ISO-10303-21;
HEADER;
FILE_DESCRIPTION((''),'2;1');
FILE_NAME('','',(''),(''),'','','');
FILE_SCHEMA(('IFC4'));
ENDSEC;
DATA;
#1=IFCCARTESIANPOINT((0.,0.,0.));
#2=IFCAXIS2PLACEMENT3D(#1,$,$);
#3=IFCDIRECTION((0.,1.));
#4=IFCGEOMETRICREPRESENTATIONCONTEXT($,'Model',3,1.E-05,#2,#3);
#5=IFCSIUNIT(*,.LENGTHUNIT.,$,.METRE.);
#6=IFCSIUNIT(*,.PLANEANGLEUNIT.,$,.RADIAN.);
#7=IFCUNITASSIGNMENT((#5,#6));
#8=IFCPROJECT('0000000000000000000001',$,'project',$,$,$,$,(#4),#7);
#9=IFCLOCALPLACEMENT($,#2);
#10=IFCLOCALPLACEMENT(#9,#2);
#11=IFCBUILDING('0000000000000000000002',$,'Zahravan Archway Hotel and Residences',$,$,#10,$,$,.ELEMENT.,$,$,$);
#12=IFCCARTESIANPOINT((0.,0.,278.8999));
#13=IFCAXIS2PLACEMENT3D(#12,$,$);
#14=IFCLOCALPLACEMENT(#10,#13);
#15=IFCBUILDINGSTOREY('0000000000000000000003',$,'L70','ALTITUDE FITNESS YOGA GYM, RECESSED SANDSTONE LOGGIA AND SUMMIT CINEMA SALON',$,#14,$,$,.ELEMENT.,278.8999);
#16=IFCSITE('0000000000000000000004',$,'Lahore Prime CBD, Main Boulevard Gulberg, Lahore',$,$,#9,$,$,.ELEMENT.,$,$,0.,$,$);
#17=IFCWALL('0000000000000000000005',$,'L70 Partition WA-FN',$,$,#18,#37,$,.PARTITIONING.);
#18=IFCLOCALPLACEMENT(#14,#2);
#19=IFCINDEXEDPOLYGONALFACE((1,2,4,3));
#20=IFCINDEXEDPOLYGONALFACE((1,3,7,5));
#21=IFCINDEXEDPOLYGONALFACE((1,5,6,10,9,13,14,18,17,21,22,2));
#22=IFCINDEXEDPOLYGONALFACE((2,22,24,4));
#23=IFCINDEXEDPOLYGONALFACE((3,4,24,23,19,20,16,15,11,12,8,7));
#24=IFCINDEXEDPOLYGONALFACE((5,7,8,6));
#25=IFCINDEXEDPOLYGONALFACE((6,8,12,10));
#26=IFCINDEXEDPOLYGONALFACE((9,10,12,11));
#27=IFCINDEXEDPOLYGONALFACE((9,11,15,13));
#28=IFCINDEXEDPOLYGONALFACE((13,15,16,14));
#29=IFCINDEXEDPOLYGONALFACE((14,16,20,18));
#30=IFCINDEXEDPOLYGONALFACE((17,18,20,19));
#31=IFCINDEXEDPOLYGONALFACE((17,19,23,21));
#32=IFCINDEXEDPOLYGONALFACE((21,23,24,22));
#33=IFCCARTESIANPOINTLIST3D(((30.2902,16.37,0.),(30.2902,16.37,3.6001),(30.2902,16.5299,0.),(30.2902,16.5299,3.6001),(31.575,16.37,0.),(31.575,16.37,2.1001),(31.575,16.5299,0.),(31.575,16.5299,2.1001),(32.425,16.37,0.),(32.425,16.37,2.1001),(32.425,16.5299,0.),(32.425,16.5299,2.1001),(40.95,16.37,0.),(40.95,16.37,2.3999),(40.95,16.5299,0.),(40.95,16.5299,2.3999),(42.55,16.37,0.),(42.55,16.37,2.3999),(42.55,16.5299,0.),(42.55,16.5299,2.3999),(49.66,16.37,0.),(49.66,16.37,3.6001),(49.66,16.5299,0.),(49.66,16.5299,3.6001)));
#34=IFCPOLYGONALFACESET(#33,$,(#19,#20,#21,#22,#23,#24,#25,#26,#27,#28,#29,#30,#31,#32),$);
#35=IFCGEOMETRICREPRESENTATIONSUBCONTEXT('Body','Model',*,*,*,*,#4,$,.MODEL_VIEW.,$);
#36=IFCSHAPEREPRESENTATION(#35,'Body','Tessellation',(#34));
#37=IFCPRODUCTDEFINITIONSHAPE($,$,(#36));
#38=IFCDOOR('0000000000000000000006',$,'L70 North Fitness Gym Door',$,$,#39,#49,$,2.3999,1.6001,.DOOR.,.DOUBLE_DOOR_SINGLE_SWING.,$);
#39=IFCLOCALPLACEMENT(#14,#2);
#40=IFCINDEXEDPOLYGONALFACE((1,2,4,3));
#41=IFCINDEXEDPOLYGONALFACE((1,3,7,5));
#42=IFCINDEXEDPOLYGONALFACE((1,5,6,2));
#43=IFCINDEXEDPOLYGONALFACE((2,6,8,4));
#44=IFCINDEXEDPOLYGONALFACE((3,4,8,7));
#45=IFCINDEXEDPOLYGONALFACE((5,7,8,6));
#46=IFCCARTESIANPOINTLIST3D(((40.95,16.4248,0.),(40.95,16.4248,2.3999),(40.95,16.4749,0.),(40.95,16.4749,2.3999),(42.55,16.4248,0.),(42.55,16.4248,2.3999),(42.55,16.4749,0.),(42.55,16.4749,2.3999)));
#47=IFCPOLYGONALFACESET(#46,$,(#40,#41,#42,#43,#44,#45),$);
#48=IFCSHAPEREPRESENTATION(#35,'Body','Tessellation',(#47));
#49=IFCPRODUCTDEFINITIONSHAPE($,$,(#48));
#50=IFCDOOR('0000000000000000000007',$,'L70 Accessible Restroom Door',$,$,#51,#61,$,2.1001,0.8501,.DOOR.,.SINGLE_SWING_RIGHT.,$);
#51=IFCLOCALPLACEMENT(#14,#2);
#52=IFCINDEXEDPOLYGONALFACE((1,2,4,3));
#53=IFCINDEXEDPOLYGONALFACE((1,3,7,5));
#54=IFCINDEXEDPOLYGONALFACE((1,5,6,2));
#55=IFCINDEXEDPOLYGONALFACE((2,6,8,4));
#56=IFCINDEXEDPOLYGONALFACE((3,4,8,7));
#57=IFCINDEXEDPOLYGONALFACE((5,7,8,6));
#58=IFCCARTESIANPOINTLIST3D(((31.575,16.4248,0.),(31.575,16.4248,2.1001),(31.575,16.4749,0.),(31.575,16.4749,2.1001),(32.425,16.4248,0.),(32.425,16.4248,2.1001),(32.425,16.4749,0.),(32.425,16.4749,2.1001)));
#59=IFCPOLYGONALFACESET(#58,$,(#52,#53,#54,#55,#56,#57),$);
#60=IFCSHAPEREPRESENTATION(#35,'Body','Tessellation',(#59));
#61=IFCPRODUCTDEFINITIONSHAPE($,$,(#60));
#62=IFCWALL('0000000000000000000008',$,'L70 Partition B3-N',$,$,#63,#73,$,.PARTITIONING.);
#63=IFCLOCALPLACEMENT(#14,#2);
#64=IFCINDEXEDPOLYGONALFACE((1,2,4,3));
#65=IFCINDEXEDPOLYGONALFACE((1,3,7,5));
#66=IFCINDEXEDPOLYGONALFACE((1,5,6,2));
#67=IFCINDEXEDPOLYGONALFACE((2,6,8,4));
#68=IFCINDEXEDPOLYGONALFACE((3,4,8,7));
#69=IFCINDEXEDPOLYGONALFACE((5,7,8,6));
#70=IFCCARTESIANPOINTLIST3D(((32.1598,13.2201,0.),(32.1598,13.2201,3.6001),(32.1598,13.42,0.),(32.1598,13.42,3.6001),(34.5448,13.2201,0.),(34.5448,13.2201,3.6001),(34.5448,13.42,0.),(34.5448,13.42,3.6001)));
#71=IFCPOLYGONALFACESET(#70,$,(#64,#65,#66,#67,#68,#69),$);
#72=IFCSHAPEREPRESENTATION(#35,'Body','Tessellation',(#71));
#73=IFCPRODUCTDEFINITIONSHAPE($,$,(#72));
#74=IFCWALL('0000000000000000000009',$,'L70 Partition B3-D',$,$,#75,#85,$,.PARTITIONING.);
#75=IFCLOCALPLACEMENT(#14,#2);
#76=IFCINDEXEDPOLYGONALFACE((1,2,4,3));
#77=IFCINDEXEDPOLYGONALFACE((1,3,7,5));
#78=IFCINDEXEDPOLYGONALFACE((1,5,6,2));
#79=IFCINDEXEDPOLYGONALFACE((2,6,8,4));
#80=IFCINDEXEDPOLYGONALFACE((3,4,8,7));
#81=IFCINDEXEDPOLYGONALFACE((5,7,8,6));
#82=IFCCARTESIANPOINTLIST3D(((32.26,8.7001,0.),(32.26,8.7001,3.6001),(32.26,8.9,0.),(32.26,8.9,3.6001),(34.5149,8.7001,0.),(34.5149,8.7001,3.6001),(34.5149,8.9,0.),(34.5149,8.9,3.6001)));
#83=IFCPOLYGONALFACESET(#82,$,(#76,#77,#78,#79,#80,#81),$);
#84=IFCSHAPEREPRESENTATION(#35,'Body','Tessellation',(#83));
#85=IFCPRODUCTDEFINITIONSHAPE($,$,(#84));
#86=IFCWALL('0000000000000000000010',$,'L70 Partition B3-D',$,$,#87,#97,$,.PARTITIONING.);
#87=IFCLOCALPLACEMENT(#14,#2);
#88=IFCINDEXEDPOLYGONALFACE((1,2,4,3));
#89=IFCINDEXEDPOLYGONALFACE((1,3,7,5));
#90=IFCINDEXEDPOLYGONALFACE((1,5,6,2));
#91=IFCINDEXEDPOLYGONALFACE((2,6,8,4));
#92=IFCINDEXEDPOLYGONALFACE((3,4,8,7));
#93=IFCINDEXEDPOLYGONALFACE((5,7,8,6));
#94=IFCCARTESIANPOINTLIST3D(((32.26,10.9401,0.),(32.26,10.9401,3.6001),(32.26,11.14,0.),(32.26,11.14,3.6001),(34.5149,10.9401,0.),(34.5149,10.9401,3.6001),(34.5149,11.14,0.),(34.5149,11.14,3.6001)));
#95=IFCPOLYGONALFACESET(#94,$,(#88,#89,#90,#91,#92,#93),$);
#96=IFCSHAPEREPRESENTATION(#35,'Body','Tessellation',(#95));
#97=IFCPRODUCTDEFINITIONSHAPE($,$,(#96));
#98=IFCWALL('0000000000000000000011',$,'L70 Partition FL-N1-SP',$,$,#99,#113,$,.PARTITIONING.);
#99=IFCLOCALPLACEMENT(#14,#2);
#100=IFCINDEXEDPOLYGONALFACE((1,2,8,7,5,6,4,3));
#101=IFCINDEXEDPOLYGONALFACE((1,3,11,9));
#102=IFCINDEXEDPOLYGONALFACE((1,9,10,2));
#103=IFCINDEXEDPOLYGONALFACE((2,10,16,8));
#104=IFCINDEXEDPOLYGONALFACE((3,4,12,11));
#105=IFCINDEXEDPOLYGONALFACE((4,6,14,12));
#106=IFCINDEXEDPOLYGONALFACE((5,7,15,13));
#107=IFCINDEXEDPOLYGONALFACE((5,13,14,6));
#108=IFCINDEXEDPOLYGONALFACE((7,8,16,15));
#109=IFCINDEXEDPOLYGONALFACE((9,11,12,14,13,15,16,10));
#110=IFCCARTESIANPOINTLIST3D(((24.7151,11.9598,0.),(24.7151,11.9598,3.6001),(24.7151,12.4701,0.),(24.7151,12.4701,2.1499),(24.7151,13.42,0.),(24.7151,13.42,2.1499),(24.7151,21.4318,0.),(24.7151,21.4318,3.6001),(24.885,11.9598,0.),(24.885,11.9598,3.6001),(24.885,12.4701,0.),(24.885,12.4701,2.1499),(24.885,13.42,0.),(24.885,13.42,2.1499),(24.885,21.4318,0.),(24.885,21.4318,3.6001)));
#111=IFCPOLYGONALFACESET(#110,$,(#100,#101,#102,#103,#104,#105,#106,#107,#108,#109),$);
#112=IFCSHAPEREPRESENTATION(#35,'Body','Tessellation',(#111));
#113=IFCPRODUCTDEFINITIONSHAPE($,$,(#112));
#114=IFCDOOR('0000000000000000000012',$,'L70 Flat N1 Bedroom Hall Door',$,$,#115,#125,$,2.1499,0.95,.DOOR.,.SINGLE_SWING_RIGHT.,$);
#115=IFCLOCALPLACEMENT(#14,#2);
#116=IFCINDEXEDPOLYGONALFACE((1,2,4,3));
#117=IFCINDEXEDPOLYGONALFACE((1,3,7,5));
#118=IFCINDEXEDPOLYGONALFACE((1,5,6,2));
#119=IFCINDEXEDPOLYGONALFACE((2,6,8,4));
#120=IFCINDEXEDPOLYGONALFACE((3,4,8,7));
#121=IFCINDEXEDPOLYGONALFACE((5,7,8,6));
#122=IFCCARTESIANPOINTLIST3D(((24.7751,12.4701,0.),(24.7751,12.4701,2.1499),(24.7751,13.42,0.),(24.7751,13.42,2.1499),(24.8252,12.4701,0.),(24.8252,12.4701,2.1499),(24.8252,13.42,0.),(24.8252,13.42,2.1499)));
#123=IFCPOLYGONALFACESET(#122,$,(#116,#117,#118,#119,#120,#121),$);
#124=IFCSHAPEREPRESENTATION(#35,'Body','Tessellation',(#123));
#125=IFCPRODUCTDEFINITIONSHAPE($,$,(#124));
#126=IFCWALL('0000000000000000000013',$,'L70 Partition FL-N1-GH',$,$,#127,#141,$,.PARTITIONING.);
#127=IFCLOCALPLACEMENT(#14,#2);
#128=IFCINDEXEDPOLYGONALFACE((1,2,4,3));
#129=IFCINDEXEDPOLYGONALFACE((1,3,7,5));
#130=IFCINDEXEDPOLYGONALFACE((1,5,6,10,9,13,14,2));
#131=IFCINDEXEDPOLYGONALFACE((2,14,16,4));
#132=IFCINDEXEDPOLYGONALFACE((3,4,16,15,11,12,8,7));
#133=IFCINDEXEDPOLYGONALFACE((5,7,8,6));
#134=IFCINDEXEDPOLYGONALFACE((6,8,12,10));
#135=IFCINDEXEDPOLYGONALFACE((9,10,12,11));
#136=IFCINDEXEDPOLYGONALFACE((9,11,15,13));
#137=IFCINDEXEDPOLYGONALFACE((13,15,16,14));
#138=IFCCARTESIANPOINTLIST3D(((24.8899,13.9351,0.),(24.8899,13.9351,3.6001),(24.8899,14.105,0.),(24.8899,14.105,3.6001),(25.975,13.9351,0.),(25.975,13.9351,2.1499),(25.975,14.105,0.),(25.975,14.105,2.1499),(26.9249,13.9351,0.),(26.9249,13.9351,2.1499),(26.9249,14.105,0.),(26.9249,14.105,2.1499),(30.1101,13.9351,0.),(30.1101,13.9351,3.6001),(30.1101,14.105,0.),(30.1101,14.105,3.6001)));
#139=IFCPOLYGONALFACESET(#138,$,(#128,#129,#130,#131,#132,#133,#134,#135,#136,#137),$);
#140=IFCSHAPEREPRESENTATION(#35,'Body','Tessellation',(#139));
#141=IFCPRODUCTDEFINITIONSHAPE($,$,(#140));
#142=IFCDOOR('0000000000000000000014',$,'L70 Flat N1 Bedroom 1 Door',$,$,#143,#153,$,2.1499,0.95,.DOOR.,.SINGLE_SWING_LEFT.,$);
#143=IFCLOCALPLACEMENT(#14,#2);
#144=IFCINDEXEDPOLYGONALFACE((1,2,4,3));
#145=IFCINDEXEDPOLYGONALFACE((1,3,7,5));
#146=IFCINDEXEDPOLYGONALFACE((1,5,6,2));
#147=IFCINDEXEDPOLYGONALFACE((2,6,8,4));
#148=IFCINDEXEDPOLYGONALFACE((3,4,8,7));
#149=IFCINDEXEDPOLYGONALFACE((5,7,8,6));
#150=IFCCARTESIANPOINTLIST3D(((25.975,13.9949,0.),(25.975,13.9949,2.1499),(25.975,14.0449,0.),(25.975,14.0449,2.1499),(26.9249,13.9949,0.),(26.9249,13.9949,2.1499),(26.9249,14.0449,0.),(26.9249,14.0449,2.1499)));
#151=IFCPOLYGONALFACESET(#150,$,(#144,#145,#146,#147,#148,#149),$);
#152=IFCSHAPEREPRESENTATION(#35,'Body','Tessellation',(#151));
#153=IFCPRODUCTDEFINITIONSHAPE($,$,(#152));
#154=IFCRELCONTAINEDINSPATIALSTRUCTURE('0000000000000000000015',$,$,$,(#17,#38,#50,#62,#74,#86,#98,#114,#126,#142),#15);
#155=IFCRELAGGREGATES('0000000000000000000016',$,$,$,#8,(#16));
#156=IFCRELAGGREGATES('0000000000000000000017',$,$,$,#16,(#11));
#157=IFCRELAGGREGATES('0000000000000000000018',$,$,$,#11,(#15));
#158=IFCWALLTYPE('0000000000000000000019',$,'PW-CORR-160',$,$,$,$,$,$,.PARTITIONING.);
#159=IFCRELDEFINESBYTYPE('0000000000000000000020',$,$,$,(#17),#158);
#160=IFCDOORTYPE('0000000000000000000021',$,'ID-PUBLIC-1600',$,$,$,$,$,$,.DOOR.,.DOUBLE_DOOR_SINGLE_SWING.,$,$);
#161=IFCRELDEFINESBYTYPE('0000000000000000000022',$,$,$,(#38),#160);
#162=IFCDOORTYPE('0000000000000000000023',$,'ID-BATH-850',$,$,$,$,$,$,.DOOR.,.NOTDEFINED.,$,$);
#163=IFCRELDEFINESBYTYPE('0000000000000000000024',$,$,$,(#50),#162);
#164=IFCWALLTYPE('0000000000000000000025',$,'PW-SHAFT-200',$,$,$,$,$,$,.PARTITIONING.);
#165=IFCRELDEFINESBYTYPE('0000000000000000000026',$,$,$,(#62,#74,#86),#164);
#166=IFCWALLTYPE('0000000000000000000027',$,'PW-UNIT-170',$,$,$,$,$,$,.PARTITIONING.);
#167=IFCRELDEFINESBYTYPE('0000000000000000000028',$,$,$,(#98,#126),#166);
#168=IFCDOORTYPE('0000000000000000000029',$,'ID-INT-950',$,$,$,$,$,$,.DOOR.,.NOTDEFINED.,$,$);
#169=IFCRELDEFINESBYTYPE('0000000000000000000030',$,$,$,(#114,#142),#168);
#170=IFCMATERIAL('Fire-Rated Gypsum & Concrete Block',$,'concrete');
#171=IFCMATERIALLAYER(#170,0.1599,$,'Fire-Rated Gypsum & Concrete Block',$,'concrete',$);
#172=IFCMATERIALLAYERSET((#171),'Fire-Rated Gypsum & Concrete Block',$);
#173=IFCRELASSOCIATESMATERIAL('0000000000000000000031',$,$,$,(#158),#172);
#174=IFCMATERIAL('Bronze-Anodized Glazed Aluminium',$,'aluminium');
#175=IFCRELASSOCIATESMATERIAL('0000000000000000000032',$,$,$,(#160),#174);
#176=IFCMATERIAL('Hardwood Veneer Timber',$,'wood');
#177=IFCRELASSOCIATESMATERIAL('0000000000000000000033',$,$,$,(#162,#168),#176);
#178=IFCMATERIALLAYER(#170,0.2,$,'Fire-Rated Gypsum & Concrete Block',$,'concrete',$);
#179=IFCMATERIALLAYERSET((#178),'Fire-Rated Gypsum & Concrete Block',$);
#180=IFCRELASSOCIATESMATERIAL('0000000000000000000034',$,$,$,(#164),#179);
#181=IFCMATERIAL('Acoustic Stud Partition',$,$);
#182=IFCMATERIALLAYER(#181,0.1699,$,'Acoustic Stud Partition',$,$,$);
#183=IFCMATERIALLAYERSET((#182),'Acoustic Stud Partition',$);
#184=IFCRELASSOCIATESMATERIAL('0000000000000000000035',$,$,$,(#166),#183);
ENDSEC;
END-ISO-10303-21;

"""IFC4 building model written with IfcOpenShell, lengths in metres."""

from ifc_helpers import new_model, si_unit, direction, frame, frame_2d, origin, place, context, subcontext, project, spatial, rectangle, extrude, source, transform, mapped, material, layer, layer_set, type_object, type_shapes, element, fill, save


model = new_model("IFC4")

# Units and contexts
model_context = context("Model", 3, precision=1e-05, world=origin(), true_north=direction((0.0, 1.0)))
body_context = subcontext(model_context, "Body", "Model", "MODEL_VIEW")
ifc_project = project(units=[si_unit("LENGTHUNIT", "METRE"), si_unit("PLANEANGLEUNIT", "RADIAN")], contexts=[model_context])

# Site, building, storey
site_placement = place(None, origin())
site = spatial("IfcSite", under=ifc_project, at=site_placement, Name="Lahore Prime CBD, Main Boulevard Gulberg, Lahore", CompositionType="ELEMENT", RefElevation=0.0)
building_placement = place(site_placement, origin())
building = spatial("IfcBuilding", under=site, at=building_placement, Name="Zahravan Archway Hotel and Residences", CompositionType="ELEMENT")
storey_placement = place(building_placement, frame((0.0, 0.0, 278.8999)))
storey = spatial("IfcBuildingStorey", under=building, at=storey_placement, Name="L70", Description="ALTITUDE FITNESS YOGA GYM, RECESSED SANDSTONE LOGGIA AND SUMMIT CINEMA SALON", CompositionType="ELEMENT", Elevation=278.8999)

# Shared definitions
ifc_material_1 = material(Name="Fire-Rated Gypsum & Concrete Block", Category="concrete")
ifc_layer_1 = layer(ifc_material_1, 0.1599, Name="Fire-Rated Gypsum & Concrete Block", Category="concrete")
ifc_layer_set_1 = layer_set([ifc_layer_1], Name="Fire-Rated Gypsum & Concrete Block")
wall_type_1 = type_object("IfcWallType", Name="PW-CORR-160", PredefinedType="PARTITIONING", material=ifc_layer_set_1)

# Wall, openings, doors
wall_1_placement = place(storey_placement, frame((30.29, 16.45, 0.0), z_axis=(0.0, 0.0, 1.0), x_axis=(1.0, 0.0, 0.0)))
wall_1 = element("IfcWall", 1, at=wall_1_placement, inside=storey, type_object=wall_type_1, Name="L70 Partition WA-FN", PredefinedType="PARTITIONING", context=body_context, shape_type="SweptSolid", body=[
    extrude(rectangle(XDim=19.3699, YDim=0.1599, at=frame_2d((9.6851, 0.0))), origin(), (0.0, 0.0, 1.0), 3.6001),
])
opening_1_placement = place(wall_1_placement, frame((1.2849, 0.0, 0.0)))
opening_1 = element("IfcOpeningElement", 2, at=opening_1_placement, cuts=wall_1, PredefinedType="OPENING", context=body_context, shape_type="SweptSolid", body=[
    extrude(rectangle(XDim=0.8501, YDim=2.1001, at=frame_2d((0.425, 1.05))), frame((0.0, 0.0898, 0.0), z_axis=(0.0, -1.0, 0.0), x_axis=(1.0, 0.0, 0.0)), (0.0, 0.0, 1.0), 0.1799),
])
opening_2_placement = place(wall_1_placement, frame((10.6599, 0.0, 0.0)))
opening_2 = element("IfcOpeningElement", 3, at=opening_2_placement, cuts=wall_1, PredefinedType="OPENING", context=body_context, shape_type="SweptSolid", body=[
    extrude(rectangle(XDim=1.6001, YDim=2.3999, at=frame_2d((0.8, 1.2))), frame((0.0, 0.0898, 0.0), z_axis=(0.0, -1.0, 0.0), x_axis=(1.0, 0.0, 0.0)), (0.0, 0.0, 1.0), 0.1799),
])
ifc_material_2 = material(Name="Bronze-Anodized Glazed Aluminium", Category="aluminium")
door_type_1 = type_object("IfcDoorType", Name="ID-PUBLIC-1600", OperationType="DOUBLE_DOOR_SINGLE_SWING", PredefinedType="DOOR", material=ifc_material_2)
shared_shape_1 = source(origin(), body_context, "Body", "SweptSolid", [
    extrude(rectangle(XDim=1.6001, YDim=2.3999, at=frame_2d((0.8, 1.2))), frame((0.0, 0.0249, 0.0), z_axis=(0.0, -1.0, 0.0), x_axis=(1.0, 0.0, 0.0)), (0.0, 0.0, 1.0), 0.05),
])
type_shapes(door_type_1, [shared_shape_1])
door_1_placement = place(opening_2_placement, origin())
door_1 = element("IfcDoor", 4, at=door_1_placement, inside=storey, type_object=door_type_1, Name="L70 North Fitness Gym Door", OperationType="DOUBLE_DOOR_SINGLE_SWING", OverallHeight=2.3999, OverallWidth=1.6001, PredefinedType="DOOR", context=body_context, shape_type="MappedRepresentation", body=[
    mapped(shared_shape_1, transform((0.0, 0.0, 0.0), scale=1.0)),
])
fill(opening_2, door_1)
ifc_material_3 = material(Name="Hardwood Veneer Timber", Category="wood")
door_type_2 = type_object("IfcDoorType", Name="ID-BATH-850", OperationType="NOTDEFINED", PredefinedType="DOOR", material=ifc_material_3)
shared_shape_2 = source(origin(), body_context, "Body", "SweptSolid", [
    extrude(rectangle(XDim=0.8501, YDim=2.1001, at=frame_2d((0.425, 1.05))), frame((0.0, 0.0249, 0.0), z_axis=(0.0, -1.0, 0.0), x_axis=(1.0, 0.0, 0.0)), (0.0, 0.0, 1.0), 0.05),
])
type_shapes(door_type_2, [shared_shape_2])
door_2_placement = place(opening_1_placement, origin())
door_2 = element("IfcDoor", 5, at=door_2_placement, inside=storey, type_object=door_type_2, Name="L70 Accessible Restroom Door", OperationType="SINGLE_SWING_RIGHT", OverallHeight=2.1001, OverallWidth=0.8501, PredefinedType="DOOR", context=body_context, shape_type="MappedRepresentation", body=[
    mapped(shared_shape_2, transform((0.0, 0.0, 0.0), scale=1.0)),
])
fill(opening_1, door_2)

# Walls
ifc_layer_2 = layer(ifc_material_1, 0.2, Name="Fire-Rated Gypsum & Concrete Block", Category="concrete")
ifc_layer_set_2 = layer_set([ifc_layer_2], Name="Fire-Rated Gypsum & Concrete Block")
wall_type_2 = type_object("IfcWallType", Name="PW-SHAFT-200", PredefinedType="PARTITIONING", material=ifc_layer_set_2)
wall_2_placement = place(storey_placement, frame((32.1599, 13.3201, 0.0), z_axis=(0.0, 0.0, 1.0), x_axis=(1.0, 0.0, 0.0)))
element("IfcWall", 6, at=wall_2_placement, inside=storey, type_object=wall_type_2, Name="L70 Partition B3-N", PredefinedType="PARTITIONING", context=body_context, shape_type="SweptSolid", body=[
    extrude(rectangle(XDim=2.385, YDim=0.2, at=frame_2d((1.1924, 0.0))), origin(), (0.0, 0.0, 1.0), 3.6001),
])
for number, where, z_axis, x_axis, name in (
    (7, (32.26, 8.8, 0.0), (0.0, 0.0, 1.0), (1.0, 0.0, 0.0), "L70 Partition B3-D"),
    (8, (32.26, 11.04, 0.0), (0.0, 0.0, 1.0), (1.0, 0.0, 0.0), "L70 Partition B3-D"),
):
    element("IfcWall", number, at=place(storey_placement, frame(where, z_axis=z_axis, x_axis=x_axis)), inside=storey, type_object=wall_type_2, Name=name, PredefinedType="PARTITIONING", context=body_context, shape_type="SweptSolid", body=[
        extrude(rectangle(XDim=2.2549, YDim=0.2, at=frame_2d((1.1274, 0.0))), origin(), (0.0, 0.0, 1.0), 3.6001),
    ])

# Walls, openings, doors
ifc_material_4 = material(Name="Acoustic Stud Partition")
ifc_layer_3 = layer(ifc_material_4, 0.1699, Name="Acoustic Stud Partition")
ifc_layer_set_3 = layer_set([ifc_layer_3], Name="Acoustic Stud Partition")
wall_type_3 = type_object("IfcWallType", Name="PW-UNIT-170", PredefinedType="PARTITIONING", material=ifc_layer_set_3)
wall_3_placement = place(storey_placement, frame((24.8, 11.96, 0.0), z_axis=(0.0, 0.0, 1.0), x_axis=(0.0, 1.0, 0.0)))
wall_3 = element("IfcWall", 9, at=wall_3_placement, inside=storey, type_object=wall_type_3, Name="L70 Partition FL-N1-SP", PredefinedType="PARTITIONING", context=body_context, shape_type="SweptSolid", body=[
    extrude(rectangle(XDim=9.4719, YDim=0.1699, at=frame_2d((4.7358, 0.0))), origin(), (0.0, 0.0, 1.0), 3.6001),
])
opening_3_placement = place(wall_3_placement, frame((0.51, 0.0, 0.0)))
opening_3 = element("IfcOpeningElement", 10, at=opening_3_placement, cuts=wall_3, PredefinedType="OPENING", context=body_context, shape_type="SweptSolid", body=[
    extrude(rectangle(XDim=0.95, YDim=2.1499, at=frame_2d((0.4751, 1.075))), frame((0.0, 0.095, 0.0), z_axis=(0.0, -1.0, 0.0), x_axis=(1.0, 0.0, 0.0)), (0.0, 0.0, 1.0), 0.1899),
])
door_type_3 = type_object("IfcDoorType", Name="ID-INT-950", OperationType="NOTDEFINED", PredefinedType="DOOR", material=ifc_material_3)
shared_shape_3 = source(origin(), body_context, "Body", "SweptSolid", [
    extrude(rectangle(XDim=0.95, YDim=2.1499, at=frame_2d((0.4751, 1.075))), frame((0.0, 0.0249, 0.0), z_axis=(0.0, -1.0, 0.0), x_axis=(1.0, 0.0, 0.0)), (0.0, 0.0, 1.0), 0.05),
])
type_shapes(door_type_3, [shared_shape_3])
door_3_placement = place(opening_3_placement, origin())
door_3 = element("IfcDoor", 11, at=door_3_placement, inside=storey, type_object=door_type_3, Name="L70 Flat N1 Bedroom Hall Door", OperationType="SINGLE_SWING_RIGHT", OverallHeight=2.1499, OverallWidth=0.95, PredefinedType="DOOR", context=body_context, shape_type="MappedRepresentation", body=[
    mapped(shared_shape_3, transform((0.0, 0.0, 0.0), scale=1.0)),
])
fill(opening_3, door_3)
wall_4_placement = place(storey_placement, frame((24.8899, 14.02, 0.0), z_axis=(0.0, 0.0, 1.0), x_axis=(1.0, 0.0, 0.0)))
wall_4 = element("IfcWall", 12, at=wall_4_placement, inside=storey, type_object=wall_type_3, Name="L70 Partition FL-N1-GH", PredefinedType="PARTITIONING", context=body_context, shape_type="SweptSolid", body=[
    extrude(rectangle(XDim=5.2202, YDim=0.1699, at=frame_2d((2.6101, 0.0))), origin(), (0.0, 0.0, 1.0), 3.6001),
])
opening_4_placement = place(wall_4_placement, frame((1.085, 0.0, 0.0)))
opening_4 = element("IfcOpeningElement", 13, at=opening_4_placement, cuts=wall_4, PredefinedType="OPENING", context=body_context, shape_type="SweptSolid", body=[
    extrude(rectangle(XDim=0.95, YDim=2.1499, at=frame_2d((0.4751, 1.075))), frame((0.0, 0.095, 0.0), z_axis=(0.0, -1.0, 0.0), x_axis=(1.0, 0.0, 0.0)), (0.0, 0.0, 1.0), 0.1899),
])
door_4_placement = place(opening_4_placement, origin())
door_4 = element("IfcDoor", 14, at=door_4_placement, inside=storey, type_object=door_type_3, Name="L70 Flat N1 Bedroom 1 Door", OperationType="SINGLE_SWING_LEFT", OverallHeight=2.1499, OverallWidth=0.95, PredefinedType="DOOR", context=body_context, shape_type="MappedRepresentation", body=[
    mapped(shared_shape_3, transform((0.0, 0.0, 0.0), scale=1.0)),
])
fill(opening_4, door_4)

save(model, "model.ifc")
